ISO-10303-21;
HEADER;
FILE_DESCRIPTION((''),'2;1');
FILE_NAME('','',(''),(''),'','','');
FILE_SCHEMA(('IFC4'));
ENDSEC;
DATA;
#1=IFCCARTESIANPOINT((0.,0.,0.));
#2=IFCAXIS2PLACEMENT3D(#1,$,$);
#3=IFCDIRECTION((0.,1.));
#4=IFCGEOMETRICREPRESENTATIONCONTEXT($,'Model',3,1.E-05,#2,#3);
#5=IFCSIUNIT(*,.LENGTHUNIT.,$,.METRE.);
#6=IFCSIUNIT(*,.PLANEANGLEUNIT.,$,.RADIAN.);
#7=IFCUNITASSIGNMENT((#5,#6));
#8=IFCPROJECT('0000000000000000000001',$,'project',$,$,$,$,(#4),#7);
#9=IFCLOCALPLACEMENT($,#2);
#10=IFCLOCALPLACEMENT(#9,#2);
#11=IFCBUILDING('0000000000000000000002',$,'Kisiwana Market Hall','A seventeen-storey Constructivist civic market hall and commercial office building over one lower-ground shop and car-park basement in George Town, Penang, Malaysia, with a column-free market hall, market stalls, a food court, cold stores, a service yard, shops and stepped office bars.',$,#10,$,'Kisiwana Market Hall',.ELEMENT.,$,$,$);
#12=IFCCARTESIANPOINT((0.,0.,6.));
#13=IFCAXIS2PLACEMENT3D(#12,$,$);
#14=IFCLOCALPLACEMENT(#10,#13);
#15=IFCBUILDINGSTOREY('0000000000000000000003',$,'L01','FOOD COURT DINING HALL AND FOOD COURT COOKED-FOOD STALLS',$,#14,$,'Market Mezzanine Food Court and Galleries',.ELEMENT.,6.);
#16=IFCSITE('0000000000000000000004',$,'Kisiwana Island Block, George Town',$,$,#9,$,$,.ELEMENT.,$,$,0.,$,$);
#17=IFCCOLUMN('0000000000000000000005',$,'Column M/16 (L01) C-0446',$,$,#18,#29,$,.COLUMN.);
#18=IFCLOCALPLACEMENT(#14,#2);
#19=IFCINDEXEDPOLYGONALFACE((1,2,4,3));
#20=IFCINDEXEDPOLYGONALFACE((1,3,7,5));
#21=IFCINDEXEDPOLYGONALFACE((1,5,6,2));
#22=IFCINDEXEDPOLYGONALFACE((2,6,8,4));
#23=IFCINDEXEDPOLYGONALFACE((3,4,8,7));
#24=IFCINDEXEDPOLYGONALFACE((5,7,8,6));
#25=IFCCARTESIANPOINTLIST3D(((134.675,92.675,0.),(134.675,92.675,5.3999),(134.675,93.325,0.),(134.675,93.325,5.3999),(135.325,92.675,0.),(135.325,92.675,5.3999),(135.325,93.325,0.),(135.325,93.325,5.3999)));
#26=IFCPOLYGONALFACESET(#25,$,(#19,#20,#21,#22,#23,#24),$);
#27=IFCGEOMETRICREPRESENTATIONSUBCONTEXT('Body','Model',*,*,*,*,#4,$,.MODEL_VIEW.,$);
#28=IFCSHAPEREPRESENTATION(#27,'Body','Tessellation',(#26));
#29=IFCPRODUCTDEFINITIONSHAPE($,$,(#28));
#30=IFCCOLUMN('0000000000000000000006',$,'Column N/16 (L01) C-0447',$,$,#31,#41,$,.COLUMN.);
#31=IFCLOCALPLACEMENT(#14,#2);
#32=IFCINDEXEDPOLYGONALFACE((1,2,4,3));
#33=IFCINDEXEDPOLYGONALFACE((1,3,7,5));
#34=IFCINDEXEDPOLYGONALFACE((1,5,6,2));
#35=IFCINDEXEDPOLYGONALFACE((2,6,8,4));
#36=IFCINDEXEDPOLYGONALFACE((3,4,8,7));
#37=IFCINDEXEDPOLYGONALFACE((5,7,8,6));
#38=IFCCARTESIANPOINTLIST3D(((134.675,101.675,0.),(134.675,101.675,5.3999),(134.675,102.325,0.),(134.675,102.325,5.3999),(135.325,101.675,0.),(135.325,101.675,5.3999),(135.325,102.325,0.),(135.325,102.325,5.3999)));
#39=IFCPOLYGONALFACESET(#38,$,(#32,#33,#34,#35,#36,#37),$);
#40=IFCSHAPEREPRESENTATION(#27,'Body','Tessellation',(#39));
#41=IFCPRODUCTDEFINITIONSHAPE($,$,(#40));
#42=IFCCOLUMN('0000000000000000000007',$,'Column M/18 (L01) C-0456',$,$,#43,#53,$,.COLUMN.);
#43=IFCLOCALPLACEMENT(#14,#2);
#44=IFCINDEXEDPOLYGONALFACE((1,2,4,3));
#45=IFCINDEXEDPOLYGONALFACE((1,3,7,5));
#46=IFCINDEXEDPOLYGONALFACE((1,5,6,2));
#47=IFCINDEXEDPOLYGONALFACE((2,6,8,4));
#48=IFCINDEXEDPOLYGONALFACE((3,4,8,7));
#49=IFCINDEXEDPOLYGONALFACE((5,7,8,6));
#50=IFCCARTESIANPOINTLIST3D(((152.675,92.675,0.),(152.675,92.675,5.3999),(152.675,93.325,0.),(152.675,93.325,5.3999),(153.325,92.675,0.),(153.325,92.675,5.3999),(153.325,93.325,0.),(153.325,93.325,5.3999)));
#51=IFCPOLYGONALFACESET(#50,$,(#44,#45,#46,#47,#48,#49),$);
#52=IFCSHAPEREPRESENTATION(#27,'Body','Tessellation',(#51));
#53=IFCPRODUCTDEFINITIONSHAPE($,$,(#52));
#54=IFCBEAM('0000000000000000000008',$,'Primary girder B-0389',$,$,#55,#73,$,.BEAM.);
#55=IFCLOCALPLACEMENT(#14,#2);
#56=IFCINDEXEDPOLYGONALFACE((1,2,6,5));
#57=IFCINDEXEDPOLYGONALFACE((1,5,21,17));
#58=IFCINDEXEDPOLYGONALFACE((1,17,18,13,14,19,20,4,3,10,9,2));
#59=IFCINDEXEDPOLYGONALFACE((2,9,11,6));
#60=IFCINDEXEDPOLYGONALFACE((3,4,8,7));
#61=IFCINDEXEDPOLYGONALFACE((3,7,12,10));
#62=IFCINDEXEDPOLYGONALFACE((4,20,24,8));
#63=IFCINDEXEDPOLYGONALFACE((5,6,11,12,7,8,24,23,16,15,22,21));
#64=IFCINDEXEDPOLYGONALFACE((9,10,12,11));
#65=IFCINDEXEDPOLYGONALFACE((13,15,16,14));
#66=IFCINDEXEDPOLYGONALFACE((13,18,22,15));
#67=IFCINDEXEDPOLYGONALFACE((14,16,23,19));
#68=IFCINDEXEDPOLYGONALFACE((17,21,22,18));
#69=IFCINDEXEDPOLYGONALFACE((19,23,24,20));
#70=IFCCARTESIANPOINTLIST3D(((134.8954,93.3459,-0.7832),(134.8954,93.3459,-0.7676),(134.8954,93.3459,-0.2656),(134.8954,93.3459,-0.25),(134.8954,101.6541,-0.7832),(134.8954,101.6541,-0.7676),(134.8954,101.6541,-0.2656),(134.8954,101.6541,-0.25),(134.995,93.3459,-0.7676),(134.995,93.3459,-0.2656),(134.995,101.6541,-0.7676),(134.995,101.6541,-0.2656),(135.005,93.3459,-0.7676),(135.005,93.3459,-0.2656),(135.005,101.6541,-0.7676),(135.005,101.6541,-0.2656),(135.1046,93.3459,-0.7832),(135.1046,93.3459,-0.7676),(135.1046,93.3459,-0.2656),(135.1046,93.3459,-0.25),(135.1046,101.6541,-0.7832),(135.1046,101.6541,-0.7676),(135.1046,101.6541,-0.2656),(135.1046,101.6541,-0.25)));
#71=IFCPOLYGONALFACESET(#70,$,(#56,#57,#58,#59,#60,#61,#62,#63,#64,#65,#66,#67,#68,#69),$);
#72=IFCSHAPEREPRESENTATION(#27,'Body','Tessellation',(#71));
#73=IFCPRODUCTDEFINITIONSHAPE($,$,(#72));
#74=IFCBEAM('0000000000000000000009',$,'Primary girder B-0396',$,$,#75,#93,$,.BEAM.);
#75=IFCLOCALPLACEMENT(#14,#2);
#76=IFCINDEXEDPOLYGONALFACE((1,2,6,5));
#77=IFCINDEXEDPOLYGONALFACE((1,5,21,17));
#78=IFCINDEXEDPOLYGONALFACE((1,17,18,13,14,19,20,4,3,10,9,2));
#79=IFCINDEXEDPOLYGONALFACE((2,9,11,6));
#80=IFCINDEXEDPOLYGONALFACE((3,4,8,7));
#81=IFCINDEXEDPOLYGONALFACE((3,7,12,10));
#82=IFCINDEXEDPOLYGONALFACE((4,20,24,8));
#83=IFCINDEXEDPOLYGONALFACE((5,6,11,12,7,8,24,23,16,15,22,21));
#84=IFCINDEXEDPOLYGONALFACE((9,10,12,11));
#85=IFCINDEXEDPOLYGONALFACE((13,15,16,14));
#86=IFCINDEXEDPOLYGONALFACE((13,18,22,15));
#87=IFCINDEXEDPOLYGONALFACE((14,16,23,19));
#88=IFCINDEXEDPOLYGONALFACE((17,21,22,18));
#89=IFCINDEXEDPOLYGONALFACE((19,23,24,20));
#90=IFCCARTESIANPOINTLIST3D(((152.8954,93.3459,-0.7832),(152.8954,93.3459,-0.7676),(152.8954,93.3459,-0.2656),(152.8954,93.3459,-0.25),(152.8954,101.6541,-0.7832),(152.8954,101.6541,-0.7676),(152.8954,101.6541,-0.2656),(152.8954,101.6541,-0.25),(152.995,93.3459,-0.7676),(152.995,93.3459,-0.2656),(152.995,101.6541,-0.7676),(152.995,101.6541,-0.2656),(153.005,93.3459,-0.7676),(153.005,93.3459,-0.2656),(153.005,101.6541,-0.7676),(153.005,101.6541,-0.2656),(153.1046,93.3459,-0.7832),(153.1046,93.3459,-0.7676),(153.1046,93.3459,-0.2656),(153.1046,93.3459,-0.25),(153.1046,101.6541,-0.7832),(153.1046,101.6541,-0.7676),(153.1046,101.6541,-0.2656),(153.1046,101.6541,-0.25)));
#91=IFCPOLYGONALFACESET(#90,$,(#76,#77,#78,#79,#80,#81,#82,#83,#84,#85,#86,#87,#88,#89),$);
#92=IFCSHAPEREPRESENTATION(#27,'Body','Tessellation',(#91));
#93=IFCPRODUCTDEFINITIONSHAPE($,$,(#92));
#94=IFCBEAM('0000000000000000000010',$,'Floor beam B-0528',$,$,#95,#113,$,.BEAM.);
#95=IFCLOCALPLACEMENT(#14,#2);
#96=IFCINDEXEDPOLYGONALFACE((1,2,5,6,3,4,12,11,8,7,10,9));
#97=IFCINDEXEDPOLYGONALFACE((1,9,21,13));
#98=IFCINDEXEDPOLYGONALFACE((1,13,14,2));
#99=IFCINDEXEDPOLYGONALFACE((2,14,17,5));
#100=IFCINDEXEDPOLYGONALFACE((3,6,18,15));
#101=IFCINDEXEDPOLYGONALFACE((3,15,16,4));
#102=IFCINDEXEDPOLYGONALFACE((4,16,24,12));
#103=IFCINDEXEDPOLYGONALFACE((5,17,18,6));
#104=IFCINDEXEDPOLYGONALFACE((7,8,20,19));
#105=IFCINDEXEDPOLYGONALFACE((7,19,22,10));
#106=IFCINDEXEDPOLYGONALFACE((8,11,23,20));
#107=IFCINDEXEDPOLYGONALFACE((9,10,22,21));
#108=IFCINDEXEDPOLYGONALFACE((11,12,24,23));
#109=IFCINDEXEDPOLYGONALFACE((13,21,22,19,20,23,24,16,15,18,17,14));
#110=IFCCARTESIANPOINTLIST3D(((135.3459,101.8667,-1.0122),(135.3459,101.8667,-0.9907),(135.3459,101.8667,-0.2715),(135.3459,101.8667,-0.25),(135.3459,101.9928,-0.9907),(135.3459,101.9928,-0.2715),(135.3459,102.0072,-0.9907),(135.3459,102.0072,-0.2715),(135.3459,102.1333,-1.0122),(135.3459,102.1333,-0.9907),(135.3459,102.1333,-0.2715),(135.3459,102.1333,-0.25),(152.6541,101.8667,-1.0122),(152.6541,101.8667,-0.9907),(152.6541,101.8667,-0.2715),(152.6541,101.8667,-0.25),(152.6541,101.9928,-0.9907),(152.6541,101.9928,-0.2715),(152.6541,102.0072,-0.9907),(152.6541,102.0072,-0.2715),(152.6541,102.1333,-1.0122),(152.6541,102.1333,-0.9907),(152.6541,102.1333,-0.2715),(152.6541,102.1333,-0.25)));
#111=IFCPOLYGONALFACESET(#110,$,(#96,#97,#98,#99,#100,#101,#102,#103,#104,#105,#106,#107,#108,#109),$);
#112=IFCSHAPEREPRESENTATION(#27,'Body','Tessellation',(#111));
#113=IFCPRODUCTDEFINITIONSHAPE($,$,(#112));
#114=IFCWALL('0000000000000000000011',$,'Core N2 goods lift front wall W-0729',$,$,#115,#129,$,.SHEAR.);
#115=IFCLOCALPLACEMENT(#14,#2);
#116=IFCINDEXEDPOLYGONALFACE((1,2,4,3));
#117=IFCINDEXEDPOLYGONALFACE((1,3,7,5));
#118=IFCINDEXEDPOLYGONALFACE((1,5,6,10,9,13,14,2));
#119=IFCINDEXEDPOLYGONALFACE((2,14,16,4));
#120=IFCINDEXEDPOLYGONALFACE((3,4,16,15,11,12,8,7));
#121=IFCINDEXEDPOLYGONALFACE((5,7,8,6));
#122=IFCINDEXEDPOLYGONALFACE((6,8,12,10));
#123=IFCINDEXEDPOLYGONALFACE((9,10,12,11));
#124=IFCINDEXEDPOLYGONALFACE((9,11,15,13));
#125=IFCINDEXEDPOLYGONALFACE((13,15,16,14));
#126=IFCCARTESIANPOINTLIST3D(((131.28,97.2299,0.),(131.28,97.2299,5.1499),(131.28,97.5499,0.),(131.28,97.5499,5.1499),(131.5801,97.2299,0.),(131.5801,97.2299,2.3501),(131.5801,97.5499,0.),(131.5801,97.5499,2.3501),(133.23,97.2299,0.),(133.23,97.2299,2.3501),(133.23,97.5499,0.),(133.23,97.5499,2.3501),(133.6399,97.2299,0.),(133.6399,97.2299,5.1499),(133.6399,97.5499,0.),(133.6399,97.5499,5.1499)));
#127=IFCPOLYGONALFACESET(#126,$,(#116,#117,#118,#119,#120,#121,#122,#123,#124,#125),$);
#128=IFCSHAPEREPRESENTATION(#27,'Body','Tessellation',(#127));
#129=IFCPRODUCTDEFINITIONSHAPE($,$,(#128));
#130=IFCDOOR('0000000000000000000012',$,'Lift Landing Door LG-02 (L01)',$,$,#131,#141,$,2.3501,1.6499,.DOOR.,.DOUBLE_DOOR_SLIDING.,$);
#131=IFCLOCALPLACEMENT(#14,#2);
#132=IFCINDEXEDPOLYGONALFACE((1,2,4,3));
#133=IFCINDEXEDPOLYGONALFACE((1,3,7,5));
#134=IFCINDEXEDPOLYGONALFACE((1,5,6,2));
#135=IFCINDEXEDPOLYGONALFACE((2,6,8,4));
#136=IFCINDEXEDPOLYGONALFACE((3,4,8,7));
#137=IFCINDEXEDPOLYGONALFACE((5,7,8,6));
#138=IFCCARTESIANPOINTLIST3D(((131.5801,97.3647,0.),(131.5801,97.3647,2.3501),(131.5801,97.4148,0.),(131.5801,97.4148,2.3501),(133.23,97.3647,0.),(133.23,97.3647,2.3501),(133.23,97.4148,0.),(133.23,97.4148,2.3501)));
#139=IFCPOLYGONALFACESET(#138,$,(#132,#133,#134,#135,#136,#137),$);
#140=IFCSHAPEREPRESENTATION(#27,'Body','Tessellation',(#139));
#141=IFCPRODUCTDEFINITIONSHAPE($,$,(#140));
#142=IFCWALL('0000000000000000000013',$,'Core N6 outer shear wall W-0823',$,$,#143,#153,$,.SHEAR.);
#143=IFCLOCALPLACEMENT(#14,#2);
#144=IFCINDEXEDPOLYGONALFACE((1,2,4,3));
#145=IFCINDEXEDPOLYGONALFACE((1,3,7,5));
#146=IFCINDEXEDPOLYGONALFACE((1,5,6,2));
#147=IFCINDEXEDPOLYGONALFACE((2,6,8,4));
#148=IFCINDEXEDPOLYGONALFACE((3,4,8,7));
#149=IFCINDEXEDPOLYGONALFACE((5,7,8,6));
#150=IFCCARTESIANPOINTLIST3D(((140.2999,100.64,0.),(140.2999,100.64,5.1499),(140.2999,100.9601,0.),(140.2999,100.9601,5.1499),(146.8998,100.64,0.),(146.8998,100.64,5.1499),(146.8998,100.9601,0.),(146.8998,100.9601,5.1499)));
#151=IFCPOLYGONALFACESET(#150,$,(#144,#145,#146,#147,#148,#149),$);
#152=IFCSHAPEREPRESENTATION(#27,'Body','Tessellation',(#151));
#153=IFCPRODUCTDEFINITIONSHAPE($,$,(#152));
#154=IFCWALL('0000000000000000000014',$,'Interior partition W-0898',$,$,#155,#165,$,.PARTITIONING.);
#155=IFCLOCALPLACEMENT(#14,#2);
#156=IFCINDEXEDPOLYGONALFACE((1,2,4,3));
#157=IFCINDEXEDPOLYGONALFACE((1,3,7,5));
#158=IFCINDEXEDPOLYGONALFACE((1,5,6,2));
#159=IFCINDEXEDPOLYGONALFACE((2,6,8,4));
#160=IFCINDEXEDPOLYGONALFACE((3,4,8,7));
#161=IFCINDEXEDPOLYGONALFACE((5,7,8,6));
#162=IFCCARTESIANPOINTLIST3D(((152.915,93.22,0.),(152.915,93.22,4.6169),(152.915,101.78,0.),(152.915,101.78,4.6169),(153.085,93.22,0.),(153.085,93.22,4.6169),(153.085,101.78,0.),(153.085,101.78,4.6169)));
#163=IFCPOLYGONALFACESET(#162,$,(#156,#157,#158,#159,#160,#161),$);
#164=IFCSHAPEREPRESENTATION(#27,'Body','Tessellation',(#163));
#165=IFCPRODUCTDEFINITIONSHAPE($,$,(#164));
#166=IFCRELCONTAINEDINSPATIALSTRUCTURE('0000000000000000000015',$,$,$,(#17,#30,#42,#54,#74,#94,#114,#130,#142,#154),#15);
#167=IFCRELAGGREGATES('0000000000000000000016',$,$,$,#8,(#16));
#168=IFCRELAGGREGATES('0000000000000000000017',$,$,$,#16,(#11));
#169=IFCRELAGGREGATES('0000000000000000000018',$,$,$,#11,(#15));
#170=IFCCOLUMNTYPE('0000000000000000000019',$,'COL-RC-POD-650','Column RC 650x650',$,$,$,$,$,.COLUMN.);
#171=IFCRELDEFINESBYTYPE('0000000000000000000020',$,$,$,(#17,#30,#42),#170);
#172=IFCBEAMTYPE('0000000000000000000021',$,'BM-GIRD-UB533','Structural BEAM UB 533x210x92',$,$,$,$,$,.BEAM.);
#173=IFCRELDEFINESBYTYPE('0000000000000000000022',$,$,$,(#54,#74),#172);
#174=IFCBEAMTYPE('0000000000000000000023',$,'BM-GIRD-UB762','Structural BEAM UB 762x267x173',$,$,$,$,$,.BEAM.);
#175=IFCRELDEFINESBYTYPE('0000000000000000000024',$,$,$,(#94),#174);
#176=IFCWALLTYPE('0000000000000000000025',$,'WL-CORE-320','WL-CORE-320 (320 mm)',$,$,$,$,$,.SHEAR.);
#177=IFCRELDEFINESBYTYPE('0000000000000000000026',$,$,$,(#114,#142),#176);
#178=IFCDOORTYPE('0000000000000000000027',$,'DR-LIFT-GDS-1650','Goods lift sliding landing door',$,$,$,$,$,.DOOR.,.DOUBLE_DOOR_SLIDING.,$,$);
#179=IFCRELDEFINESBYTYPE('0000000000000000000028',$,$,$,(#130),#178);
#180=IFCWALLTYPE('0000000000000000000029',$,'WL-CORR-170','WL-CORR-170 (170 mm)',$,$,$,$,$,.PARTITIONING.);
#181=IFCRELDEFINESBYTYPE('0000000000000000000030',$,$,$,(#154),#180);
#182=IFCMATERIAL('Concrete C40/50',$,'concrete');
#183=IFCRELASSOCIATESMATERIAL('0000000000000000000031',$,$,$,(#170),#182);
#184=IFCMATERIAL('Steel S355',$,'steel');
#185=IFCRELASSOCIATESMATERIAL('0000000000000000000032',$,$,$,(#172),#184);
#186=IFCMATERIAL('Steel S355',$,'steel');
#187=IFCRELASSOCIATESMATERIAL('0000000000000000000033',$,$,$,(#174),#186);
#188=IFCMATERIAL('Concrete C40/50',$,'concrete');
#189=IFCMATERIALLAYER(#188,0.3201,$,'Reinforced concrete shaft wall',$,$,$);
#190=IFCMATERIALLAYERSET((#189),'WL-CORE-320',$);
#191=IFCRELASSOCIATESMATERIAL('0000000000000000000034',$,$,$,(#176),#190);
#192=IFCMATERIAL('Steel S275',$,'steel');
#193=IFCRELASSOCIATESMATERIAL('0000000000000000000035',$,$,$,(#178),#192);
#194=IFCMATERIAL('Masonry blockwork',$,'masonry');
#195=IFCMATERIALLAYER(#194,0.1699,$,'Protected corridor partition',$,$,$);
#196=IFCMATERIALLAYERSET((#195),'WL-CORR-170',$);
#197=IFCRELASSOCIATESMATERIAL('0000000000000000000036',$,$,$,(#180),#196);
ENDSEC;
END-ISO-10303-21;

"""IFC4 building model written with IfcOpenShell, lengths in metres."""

from ifc_helpers import new_model, si_unit, direction, frame, frame_2d, origin, origin_2d, place, context, subcontext, project, spatial, rectangle, i_section, extrude, material, layer, layer_set, material_profile, profile_set, type_object, element, fill, save


model = new_model("IFC4")

# Units and contexts
model_context = context("Model", 3, precision=1e-05, world=origin(), true_north=direction((0.0, 1.0)))
body_context = subcontext(model_context, "Body", "Model", "MODEL_VIEW")
ifc_project = project(units=[si_unit("LENGTHUNIT", "METRE"), si_unit("PLANEANGLEUNIT", "RADIAN")], contexts=[model_context])

# Site, building, storey
site_placement = place(None, origin())
site = spatial("IfcSite", under=ifc_project, at=site_placement, Name="Kisiwana Island Block, George Town", CompositionType="ELEMENT", RefElevation=0.0)
building_placement = place(site_placement, origin())
building = spatial("IfcBuilding", under=site, at=building_placement, Name="Kisiwana Market Hall", Description="A seventeen-storey Constructivist civic market hall and commercial office building over one lower-ground shop and car-park basement in George Town, Penang, Malaysia, with a column-free market hall, market stalls, a food court, cold stores, a service yard, shops and stepped office bars.", LongName="Kisiwana Market Hall", CompositionType="ELEMENT")
storey_placement = place(building_placement, frame((0.0, 0.0, 6.0)))
storey = spatial("IfcBuildingStorey", under=building, at=storey_placement, Name="L01", Description="FOOD COURT DINING HALL AND FOOD COURT COOKED-FOOD STALLS", LongName="Market Mezzanine Food Court and Galleries", CompositionType="ELEMENT", Elevation=6.0)

# Columns
ifc_material_1 = material(Name="Concrete C40/50", Category="concrete")
ifc_material_profile_1 = material_profile(ifc_material_1, rectangle(XDim=0.6499, YDim=0.6499, at=origin_2d()), Name="RC 650x650")
ifc_profile_set_1 = profile_set([ifc_material_profile_1], Name="Concrete C40/50")
column_type = type_object("IfcColumnType", Name="COL-RC-POD-650", Description="Column RC 650x650", PredefinedType="COLUMN", material=ifc_profile_set_1)
for number, where, z_axis, x_axis, name in (
    (1, (135.0, 93.0, 0.0), (0.0, 0.0, 1.0), (1.0, 0.0, 0.0), "Column M/16 (L01) C-0446"),
    (2, (135.0, 102.0, 0.0), (0.0, 0.0, 1.0), (1.0, 0.0, 0.0), "Column N/16 (L01) C-0447"),
    (3, (153.0, 93.0, 0.0), (0.0, 0.0, 1.0), (1.0, 0.0, 0.0), "Column M/18 (L01) C-0456"),
):
    element("IfcColumn", number, at=place(storey_placement, frame(where, z_axis=z_axis, x_axis=x_axis)), inside=storey, type_object=column_type, Name=name, PredefinedType="COLUMN", context=body_context, shape_type="SweptSolid", body=[
        extrude(rectangle(XDim=0.6499, YDim=0.6499, at=origin_2d()), origin(), (0.0, 0.0, 1.0), 5.3999),
    ])

# Beams
ifc_material_2 = material(Name="Steel S355", Category="steel")
ifc_material_profile_2 = material_profile(ifc_material_2, i_section(OverallWidth=0.2092, OverallDepth=0.5332, WebThickness=0.01, FlangeThickness=0.0156, at=origin_2d()), Name="UB 533x210x92")
ifc_profile_set_2 = profile_set([ifc_material_profile_2], Name="Steel S355")
beam_type_1 = type_object("IfcBeamType", Name="BM-GIRD-UB533", Description="Structural BEAM UB 533x210x92", PredefinedType="BEAM", material=ifc_profile_set_2)
for number, where, z_axis, x_axis, name in (
    (4, (135.0, 93.3459, -0.5166), (0.0, 1.0, 0.0), (-1.0, 0.0, 0.0), "Primary girder B-0389"),
    (5, (153.0, 93.3459, -0.5166), (0.0, 1.0, 0.0), (-1.0, 0.0, 0.0), "Primary girder B-0396"),
):
    element("IfcBeam", number, at=place(storey_placement, frame(where, z_axis=z_axis, x_axis=x_axis)), inside=storey, type_object=beam_type_1, Name=name, PredefinedType="BEAM", context=body_context, shape_type="SweptSolid", body=[
        extrude(i_section(OverallWidth=0.2092, OverallDepth=0.5332, WebThickness=0.01, FlangeThickness=0.0156, at=origin_2d()), origin(), (0.0, 0.0, 1.0), 8.3081),
    ])
ifc_material_3 = material(Name="Steel S355", Category="steel")
ifc_material_profile_3 = material_profile(ifc_material_3, i_section(OverallWidth=0.2666, OverallDepth=0.7622, WebThickness=0.0144, FlangeThickness=0.0215, at=origin_2d()), Name="UB 762x267x173")
ifc_profile_set_3 = profile_set([ifc_material_profile_3], Name="Steel S355")
beam_type_2 = type_object("IfcBeamType", Name="BM-GIRD-UB762", Description="Structural BEAM UB 762x267x173", PredefinedType="BEAM", material=ifc_profile_set_3)
beam_placement = place(storey_placement, frame((135.3459, 102.0, -0.6311), z_axis=(1.0, 0.0, 0.0), x_axis=(0.0, 1.0, 0.0)))
element("IfcBeam", 6, at=beam_placement, inside=storey, type_object=beam_type_2, Name="Floor beam B-0528", PredefinedType="BEAM", context=body_context, shape_type="SweptSolid", body=[
    extrude(i_section(OverallWidth=0.2666, OverallDepth=0.7622, WebThickness=0.0144, FlangeThickness=0.0215, at=origin_2d()), origin(), (0.0, 0.0, 1.0), 17.3081),
])

# Wall, opening, door
ifc_material_4 = material(Name="Concrete C40/50", Category="concrete")
ifc_layer_1 = layer(ifc_material_4, 0.3201, Name="Reinforced concrete shaft wall")
ifc_layer_set_1 = layer_set([ifc_layer_1], Name="WL-CORE-320")
wall_type_1 = type_object("IfcWallType", Name="WL-CORE-320", Description="WL-CORE-320 (320 mm)", PredefinedType="SHEAR", material=ifc_layer_set_1)
wall_1_placement = place(storey_placement, frame((131.28, 97.3899, 0.0), z_axis=(0.0, 0.0, 1.0), x_axis=(1.0, 0.0, 0.0)))
wall_1 = element("IfcWall", 7, at=wall_1_placement, inside=storey, type_object=wall_type_1, Name="Core N2 goods lift front wall W-0729", PredefinedType="SHEAR", context=body_context, shape_type="SweptSolid", body=[
    extrude(rectangle(XDim=2.3599, YDim=0.3201, at=frame_2d((1.1799, 0.0))), origin(), (0.0, 0.0, 1.0), 5.1499),
])
opening_1_placement = place(wall_1_placement, frame((0.3, 0.0, 0.0)))
opening_1 = element("IfcOpeningElement", 8, at=opening_1_placement, cuts=wall_1, PredefinedType="OPENING", context=body_context, shape_type="SweptSolid", body=[
    extrude(rectangle(XDim=1.6499, YDim=2.3501, at=frame_2d((0.825, 1.175))), frame((0.0, 0.1719, 0.0), z_axis=(0.0, -1.0, 0.0), x_axis=(1.0, 0.0, 0.0)), (0.0, 0.0, 1.0), 0.344),
])
ifc_material_5 = material(Name="Steel S275", Category="steel")
door_type_1 = type_object("IfcDoorType", Name="DR-LIFT-GDS-1650", Description="Goods lift sliding landing door", OperationType="DOUBLE_DOOR_SLIDING", PredefinedType="DOOR", material=ifc_material_5)
door_1_placement = place(opening_1_placement, origin())
door_1 = element("IfcDoor", 9, at=door_1_placement, inside=storey, type_object=door_type_1, Name="Lift Landing Door LG-02 (L01)", OperationType="DOUBLE_DOOR_SLIDING", OverallHeight=2.3501, OverallWidth=1.6499, PredefinedType="DOOR", context=body_context, shape_type="SweptSolid", body=[
    extrude(rectangle(XDim=1.6499, YDim=2.3501, at=frame_2d((0.825, 1.175))), frame((0.0, 0.0249, 0.0), z_axis=(0.0, -1.0, 0.0), x_axis=(1.0, 0.0, 0.0)), (0.0, 0.0, 1.0), 0.05),
])
fill(opening_1, door_1)

# Walls
wall_2_placement = place(storey_placement, frame((140.3, 100.8, 0.0), z_axis=(0.0, 0.0, 1.0), x_axis=(1.0, 0.0, 0.0)))
element("IfcWall", 10, at=wall_2_placement, inside=storey, type_object=wall_type_1, Name="Core N6 outer shear wall W-0823", PredefinedType="SHEAR", context=body_context, shape_type="SweptSolid", body=[
    extrude(rectangle(XDim=6.5999, YDim=0.3201, at=frame_2d((3.2998, 0.0))), origin(), (0.0, 0.0, 1.0), 5.1499),
])
ifc_material_6 = material(Name="Masonry blockwork", Category="masonry")
ifc_layer_2 = layer(ifc_material_6, 0.1699, Name="Protected corridor partition")
ifc_layer_set_2 = layer_set([ifc_layer_2], Name="WL-CORR-170")
wall_type_2 = type_object("IfcWallType", Name="WL-CORR-170", Description="WL-CORR-170 (170 mm)", PredefinedType="PARTITIONING", material=ifc_layer_set_2)
wall_3_placement = place(storey_placement, frame((153.0, 93.22, 0.0), z_axis=(0.0, 0.0, 1.0), x_axis=(0.0, 1.0, 0.0)))
element("IfcWall", 11, at=wall_3_placement, inside=storey, type_object=wall_type_2, Name="Interior partition W-0898", PredefinedType="PARTITIONING", context=body_context, shape_type="SweptSolid", body=[
    extrude(rectangle(XDim=8.5601, YDim=0.1699, at=frame_2d((4.28, 0.0))), origin(), (0.0, 0.0, 1.0), 4.6169),
])

save(model, "model.ifc")
